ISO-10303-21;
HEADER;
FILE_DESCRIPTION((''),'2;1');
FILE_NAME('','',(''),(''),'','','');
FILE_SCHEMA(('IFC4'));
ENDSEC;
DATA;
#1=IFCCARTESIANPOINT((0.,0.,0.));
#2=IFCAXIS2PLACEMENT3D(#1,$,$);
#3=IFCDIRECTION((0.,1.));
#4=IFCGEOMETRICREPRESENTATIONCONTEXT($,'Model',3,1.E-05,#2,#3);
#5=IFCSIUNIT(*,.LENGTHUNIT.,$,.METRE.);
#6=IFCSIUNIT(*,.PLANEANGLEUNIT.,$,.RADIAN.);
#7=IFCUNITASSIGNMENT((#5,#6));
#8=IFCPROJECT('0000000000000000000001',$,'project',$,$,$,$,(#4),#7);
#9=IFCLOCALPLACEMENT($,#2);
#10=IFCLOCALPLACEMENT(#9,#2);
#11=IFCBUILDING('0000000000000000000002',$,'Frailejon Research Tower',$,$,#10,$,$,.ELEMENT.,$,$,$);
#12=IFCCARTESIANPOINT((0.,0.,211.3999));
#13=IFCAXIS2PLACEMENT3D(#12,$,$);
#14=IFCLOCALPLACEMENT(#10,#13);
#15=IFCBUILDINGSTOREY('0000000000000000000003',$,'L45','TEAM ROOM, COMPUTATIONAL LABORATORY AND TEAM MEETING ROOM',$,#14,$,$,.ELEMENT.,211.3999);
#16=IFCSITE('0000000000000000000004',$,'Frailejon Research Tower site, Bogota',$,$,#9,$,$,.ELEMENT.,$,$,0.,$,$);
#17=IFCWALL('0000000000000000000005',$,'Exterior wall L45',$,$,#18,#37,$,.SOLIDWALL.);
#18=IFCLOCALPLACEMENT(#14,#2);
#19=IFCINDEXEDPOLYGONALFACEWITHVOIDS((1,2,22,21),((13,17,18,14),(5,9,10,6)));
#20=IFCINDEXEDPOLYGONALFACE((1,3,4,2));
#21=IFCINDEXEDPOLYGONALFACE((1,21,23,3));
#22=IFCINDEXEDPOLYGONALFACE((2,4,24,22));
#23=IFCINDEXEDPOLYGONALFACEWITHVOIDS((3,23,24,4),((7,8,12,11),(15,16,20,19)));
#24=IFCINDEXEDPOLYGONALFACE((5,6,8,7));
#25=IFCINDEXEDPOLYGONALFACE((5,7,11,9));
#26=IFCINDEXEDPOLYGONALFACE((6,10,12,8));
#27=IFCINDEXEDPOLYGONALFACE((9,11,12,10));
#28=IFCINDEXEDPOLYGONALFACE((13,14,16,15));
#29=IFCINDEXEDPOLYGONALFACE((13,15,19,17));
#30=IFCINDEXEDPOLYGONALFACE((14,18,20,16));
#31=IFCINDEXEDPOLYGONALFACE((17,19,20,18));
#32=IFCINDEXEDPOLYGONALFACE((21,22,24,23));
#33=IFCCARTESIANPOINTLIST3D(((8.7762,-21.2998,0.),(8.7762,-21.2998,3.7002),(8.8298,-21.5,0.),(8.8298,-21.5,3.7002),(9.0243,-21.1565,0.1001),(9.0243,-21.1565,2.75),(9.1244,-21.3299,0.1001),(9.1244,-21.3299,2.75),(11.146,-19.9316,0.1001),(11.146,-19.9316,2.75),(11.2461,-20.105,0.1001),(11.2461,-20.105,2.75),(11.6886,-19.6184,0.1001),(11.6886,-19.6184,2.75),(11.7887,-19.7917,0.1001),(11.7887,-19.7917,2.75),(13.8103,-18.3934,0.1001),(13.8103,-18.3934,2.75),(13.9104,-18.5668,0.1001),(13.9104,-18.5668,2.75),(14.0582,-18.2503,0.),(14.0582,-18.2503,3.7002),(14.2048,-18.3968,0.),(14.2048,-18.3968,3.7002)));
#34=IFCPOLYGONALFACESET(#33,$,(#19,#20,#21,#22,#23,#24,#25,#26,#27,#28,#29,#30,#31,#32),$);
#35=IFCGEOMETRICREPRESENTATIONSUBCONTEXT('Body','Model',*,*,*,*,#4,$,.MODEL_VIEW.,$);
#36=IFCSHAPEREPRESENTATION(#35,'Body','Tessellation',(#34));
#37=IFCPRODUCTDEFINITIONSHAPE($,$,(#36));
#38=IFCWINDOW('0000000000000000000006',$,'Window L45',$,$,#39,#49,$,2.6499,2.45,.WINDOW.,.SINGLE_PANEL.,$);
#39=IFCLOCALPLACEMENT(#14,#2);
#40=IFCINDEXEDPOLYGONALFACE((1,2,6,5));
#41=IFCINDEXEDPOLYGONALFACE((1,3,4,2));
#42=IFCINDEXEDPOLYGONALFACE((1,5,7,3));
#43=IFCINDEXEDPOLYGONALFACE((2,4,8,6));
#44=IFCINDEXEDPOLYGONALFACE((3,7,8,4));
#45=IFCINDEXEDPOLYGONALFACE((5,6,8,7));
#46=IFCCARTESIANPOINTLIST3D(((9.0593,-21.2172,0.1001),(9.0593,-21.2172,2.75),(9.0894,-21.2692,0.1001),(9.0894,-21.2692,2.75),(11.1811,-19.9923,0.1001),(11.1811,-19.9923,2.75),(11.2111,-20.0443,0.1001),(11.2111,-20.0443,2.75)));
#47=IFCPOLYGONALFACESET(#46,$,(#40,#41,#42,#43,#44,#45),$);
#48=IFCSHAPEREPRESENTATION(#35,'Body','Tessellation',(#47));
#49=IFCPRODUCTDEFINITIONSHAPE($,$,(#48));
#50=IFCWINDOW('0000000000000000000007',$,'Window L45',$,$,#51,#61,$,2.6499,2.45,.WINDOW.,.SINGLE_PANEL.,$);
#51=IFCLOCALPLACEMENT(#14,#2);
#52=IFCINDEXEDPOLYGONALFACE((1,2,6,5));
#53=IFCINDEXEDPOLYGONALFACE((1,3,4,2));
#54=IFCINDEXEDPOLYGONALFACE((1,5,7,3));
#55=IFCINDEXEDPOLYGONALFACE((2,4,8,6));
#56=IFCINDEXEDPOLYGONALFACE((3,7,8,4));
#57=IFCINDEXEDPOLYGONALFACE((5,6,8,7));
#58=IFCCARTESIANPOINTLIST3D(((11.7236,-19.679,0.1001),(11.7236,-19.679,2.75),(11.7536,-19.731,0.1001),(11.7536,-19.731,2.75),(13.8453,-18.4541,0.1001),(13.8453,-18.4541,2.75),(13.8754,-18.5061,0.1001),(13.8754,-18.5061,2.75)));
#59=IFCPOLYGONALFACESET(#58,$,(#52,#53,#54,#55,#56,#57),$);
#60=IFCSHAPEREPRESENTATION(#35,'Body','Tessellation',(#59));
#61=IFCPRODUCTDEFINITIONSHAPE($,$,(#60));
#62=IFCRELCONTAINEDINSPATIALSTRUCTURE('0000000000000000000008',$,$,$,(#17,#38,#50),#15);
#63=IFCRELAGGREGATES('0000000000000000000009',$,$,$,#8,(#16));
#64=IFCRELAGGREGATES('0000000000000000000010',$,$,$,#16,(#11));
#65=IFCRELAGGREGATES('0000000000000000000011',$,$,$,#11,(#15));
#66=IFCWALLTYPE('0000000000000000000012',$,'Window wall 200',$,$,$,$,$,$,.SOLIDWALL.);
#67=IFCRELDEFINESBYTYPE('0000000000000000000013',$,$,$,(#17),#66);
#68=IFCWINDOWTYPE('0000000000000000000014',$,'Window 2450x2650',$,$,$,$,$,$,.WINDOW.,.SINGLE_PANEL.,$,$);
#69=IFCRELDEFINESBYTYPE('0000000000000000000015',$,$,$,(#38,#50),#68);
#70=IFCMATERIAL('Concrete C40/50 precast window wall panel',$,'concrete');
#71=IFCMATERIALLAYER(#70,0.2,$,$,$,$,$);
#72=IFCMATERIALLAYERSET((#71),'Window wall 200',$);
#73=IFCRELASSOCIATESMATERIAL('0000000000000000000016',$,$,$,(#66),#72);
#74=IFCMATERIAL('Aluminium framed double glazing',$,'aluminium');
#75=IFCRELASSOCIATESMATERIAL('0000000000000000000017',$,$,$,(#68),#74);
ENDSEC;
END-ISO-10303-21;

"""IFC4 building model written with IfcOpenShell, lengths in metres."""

from ifc_helpers import new_model, si_unit, direction, frame, frame_2d, origin, place, context, subcontext, project, spatial, polyline, rectangle, outline, extrude, material, layer, layer_set, type_object, element, fill, save


model = new_model("IFC4")

# Units and contexts
model_context = context("Model", 3, precision=1e-05, world=origin(), true_north=direction((0.0, 1.0)))
body_context = subcontext(model_context, "Body", "Model", "MODEL_VIEW")
ifc_project = project(units=[si_unit("LENGTHUNIT", "METRE"), si_unit("PLANEANGLEUNIT", "RADIAN")], contexts=[model_context])

# Site, building, storey
site_placement = place(None, origin())
site = spatial("IfcSite", under=ifc_project, at=site_placement, Name="Frailejon Research Tower site, Bogota", CompositionType="ELEMENT", RefElevation=0.0)
building_placement = place(site_placement, origin())
building = spatial("IfcBuilding", under=site, at=building_placement, Name="Frailejon Research Tower", CompositionType="ELEMENT")
storey_placement = place(building_placement, frame((0.0, 0.0, 211.3999)))
storey = spatial("IfcBuildingStorey", under=building, at=storey_placement, Name="L45", Description="TEAM ROOM, COMPUTATIONAL LABORATORY AND TEAM MEETING ROOM", CompositionType="ELEMENT", Elevation=211.3999)

# Wall, openings, windows
ifc_material_1 = material(Name="Concrete C40/50 precast window wall panel", Category="concrete")
ifc_layer_1 = layer(ifc_material_1, 0.2)
ifc_layer_set_1 = layer_set([ifc_layer_1], Name="Window wall 200")
wall_type_1 = type_object("IfcWallType", Name="Window wall 200", PredefinedType="SOLIDWALL", material=ifc_layer_set_1)
wall_1_placement = place(storey_placement, frame((8.803, -21.3999, 0.0), z_axis=(0.0, 0.0, 1.0), x_axis=(0.86603, 0.499993, 0.0)))
wall_1 = element("IfcWall", 1, at=wall_1_placement, inside=storey, type_object=wall_type_1, Name="Exterior wall L45", PredefinedType="SOLIDWALL", context=body_context, shape_type="SweptSolid", body=[
    extrude(outline(polyline([(-0.0269, -0.1001), (1.0076, -0.1001), (2.042, -0.1001), (3.0764, -0.1001), (4.1108, -0.1001), (5.1453, -0.1001), (6.1797, -0.1001), (6.126, 0.1001), (5.1094, 0.1001), (4.093, 0.1001), (3.0764, 0.1001), (2.0598, 0.1001), (1.0435, 0.1001), (0.0269, 0.1001), (-0.0269, -0.1001)])), origin(), (0.0, 0.0, 1.0), 3.7002),
])
opening_1_placement = place(wall_1_placement, frame((0.3132, 0.0, 0.1001)))
opening_1 = element("IfcOpeningElement", 2, at=opening_1_placement, cuts=wall_1, PredefinedType="OPENING", context=body_context, shape_type="SweptSolid", body=[
    extrude(rectangle(XDim=2.45, YDim=2.6499, at=frame_2d((1.2251, 1.325))), frame((0.0, 0.1099, 0.0), z_axis=(0.0, -1.0, 0.0), x_axis=(1.0, 0.0, 0.0)), (0.0, 0.0, 1.0), 0.22),
])
opening_2_placement = place(wall_1_placement, frame((3.3896, 0.0, 0.1001)))
opening_2 = element("IfcOpeningElement", 3, at=opening_2_placement, cuts=wall_1, PredefinedType="OPENING", context=body_context, shape_type="SweptSolid", body=[
    extrude(rectangle(XDim=2.45, YDim=2.6499, at=frame_2d((1.2251, 1.325))), frame((0.0, 0.1099, 0.0), z_axis=(0.0, -1.0, 0.0), x_axis=(1.0, 0.0, 0.0)), (0.0, 0.0, 1.0), 0.22),
])
ifc_material_2 = material(Name="Aluminium framed double glazing", Category="aluminium")
window_type_1 = type_object("IfcWindowType", Name="Window 2450x2650", PartitioningType="SINGLE_PANEL", PredefinedType="WINDOW", material=ifc_material_2)
window_1_placement = place(opening_1_placement, origin())
window_1 = element("IfcWindow", 4, at=window_1_placement, inside=storey, type_object=window_type_1, Name="Window L45", OverallHeight=2.6499, OverallWidth=2.45, PartitioningType="SINGLE_PANEL", PredefinedType="WINDOW", context=body_context, shape_type="SweptSolid", body=[
    extrude(rectangle(XDim=2.45, YDim=2.6499, at=frame_2d((1.2251, 1.325))), frame((0.0, 0.03, 0.0), z_axis=(0.0, -1.0, 0.0), x_axis=(1.0, 0.0, 0.0)), (0.0, 0.0, 1.0), 0.0601),
])
fill(opening_1, window_1)
window_2_placement = place(opening_2_placement, origin())
window_2 = element("IfcWindow", 5, at=window_2_placement, inside=storey, type_object=window_type_1, Name="Window L45", OverallHeight=2.6499, OverallWidth=2.45, PartitioningType="SINGLE_PANEL", PredefinedType="WINDOW", context=body_context, shape_type="SweptSolid", body=[
    extrude(rectangle(XDim=2.45, YDim=2.6499, at=frame_2d((1.2251, 1.325))), frame((0.0, 0.03, 0.0), z_axis=(0.0, -1.0, 0.0), x_axis=(1.0, 0.0, 0.0)), (0.0, 0.0, 1.0), 0.0601),
])
fill(opening_2, window_2)

save(model, "model.ifc")
